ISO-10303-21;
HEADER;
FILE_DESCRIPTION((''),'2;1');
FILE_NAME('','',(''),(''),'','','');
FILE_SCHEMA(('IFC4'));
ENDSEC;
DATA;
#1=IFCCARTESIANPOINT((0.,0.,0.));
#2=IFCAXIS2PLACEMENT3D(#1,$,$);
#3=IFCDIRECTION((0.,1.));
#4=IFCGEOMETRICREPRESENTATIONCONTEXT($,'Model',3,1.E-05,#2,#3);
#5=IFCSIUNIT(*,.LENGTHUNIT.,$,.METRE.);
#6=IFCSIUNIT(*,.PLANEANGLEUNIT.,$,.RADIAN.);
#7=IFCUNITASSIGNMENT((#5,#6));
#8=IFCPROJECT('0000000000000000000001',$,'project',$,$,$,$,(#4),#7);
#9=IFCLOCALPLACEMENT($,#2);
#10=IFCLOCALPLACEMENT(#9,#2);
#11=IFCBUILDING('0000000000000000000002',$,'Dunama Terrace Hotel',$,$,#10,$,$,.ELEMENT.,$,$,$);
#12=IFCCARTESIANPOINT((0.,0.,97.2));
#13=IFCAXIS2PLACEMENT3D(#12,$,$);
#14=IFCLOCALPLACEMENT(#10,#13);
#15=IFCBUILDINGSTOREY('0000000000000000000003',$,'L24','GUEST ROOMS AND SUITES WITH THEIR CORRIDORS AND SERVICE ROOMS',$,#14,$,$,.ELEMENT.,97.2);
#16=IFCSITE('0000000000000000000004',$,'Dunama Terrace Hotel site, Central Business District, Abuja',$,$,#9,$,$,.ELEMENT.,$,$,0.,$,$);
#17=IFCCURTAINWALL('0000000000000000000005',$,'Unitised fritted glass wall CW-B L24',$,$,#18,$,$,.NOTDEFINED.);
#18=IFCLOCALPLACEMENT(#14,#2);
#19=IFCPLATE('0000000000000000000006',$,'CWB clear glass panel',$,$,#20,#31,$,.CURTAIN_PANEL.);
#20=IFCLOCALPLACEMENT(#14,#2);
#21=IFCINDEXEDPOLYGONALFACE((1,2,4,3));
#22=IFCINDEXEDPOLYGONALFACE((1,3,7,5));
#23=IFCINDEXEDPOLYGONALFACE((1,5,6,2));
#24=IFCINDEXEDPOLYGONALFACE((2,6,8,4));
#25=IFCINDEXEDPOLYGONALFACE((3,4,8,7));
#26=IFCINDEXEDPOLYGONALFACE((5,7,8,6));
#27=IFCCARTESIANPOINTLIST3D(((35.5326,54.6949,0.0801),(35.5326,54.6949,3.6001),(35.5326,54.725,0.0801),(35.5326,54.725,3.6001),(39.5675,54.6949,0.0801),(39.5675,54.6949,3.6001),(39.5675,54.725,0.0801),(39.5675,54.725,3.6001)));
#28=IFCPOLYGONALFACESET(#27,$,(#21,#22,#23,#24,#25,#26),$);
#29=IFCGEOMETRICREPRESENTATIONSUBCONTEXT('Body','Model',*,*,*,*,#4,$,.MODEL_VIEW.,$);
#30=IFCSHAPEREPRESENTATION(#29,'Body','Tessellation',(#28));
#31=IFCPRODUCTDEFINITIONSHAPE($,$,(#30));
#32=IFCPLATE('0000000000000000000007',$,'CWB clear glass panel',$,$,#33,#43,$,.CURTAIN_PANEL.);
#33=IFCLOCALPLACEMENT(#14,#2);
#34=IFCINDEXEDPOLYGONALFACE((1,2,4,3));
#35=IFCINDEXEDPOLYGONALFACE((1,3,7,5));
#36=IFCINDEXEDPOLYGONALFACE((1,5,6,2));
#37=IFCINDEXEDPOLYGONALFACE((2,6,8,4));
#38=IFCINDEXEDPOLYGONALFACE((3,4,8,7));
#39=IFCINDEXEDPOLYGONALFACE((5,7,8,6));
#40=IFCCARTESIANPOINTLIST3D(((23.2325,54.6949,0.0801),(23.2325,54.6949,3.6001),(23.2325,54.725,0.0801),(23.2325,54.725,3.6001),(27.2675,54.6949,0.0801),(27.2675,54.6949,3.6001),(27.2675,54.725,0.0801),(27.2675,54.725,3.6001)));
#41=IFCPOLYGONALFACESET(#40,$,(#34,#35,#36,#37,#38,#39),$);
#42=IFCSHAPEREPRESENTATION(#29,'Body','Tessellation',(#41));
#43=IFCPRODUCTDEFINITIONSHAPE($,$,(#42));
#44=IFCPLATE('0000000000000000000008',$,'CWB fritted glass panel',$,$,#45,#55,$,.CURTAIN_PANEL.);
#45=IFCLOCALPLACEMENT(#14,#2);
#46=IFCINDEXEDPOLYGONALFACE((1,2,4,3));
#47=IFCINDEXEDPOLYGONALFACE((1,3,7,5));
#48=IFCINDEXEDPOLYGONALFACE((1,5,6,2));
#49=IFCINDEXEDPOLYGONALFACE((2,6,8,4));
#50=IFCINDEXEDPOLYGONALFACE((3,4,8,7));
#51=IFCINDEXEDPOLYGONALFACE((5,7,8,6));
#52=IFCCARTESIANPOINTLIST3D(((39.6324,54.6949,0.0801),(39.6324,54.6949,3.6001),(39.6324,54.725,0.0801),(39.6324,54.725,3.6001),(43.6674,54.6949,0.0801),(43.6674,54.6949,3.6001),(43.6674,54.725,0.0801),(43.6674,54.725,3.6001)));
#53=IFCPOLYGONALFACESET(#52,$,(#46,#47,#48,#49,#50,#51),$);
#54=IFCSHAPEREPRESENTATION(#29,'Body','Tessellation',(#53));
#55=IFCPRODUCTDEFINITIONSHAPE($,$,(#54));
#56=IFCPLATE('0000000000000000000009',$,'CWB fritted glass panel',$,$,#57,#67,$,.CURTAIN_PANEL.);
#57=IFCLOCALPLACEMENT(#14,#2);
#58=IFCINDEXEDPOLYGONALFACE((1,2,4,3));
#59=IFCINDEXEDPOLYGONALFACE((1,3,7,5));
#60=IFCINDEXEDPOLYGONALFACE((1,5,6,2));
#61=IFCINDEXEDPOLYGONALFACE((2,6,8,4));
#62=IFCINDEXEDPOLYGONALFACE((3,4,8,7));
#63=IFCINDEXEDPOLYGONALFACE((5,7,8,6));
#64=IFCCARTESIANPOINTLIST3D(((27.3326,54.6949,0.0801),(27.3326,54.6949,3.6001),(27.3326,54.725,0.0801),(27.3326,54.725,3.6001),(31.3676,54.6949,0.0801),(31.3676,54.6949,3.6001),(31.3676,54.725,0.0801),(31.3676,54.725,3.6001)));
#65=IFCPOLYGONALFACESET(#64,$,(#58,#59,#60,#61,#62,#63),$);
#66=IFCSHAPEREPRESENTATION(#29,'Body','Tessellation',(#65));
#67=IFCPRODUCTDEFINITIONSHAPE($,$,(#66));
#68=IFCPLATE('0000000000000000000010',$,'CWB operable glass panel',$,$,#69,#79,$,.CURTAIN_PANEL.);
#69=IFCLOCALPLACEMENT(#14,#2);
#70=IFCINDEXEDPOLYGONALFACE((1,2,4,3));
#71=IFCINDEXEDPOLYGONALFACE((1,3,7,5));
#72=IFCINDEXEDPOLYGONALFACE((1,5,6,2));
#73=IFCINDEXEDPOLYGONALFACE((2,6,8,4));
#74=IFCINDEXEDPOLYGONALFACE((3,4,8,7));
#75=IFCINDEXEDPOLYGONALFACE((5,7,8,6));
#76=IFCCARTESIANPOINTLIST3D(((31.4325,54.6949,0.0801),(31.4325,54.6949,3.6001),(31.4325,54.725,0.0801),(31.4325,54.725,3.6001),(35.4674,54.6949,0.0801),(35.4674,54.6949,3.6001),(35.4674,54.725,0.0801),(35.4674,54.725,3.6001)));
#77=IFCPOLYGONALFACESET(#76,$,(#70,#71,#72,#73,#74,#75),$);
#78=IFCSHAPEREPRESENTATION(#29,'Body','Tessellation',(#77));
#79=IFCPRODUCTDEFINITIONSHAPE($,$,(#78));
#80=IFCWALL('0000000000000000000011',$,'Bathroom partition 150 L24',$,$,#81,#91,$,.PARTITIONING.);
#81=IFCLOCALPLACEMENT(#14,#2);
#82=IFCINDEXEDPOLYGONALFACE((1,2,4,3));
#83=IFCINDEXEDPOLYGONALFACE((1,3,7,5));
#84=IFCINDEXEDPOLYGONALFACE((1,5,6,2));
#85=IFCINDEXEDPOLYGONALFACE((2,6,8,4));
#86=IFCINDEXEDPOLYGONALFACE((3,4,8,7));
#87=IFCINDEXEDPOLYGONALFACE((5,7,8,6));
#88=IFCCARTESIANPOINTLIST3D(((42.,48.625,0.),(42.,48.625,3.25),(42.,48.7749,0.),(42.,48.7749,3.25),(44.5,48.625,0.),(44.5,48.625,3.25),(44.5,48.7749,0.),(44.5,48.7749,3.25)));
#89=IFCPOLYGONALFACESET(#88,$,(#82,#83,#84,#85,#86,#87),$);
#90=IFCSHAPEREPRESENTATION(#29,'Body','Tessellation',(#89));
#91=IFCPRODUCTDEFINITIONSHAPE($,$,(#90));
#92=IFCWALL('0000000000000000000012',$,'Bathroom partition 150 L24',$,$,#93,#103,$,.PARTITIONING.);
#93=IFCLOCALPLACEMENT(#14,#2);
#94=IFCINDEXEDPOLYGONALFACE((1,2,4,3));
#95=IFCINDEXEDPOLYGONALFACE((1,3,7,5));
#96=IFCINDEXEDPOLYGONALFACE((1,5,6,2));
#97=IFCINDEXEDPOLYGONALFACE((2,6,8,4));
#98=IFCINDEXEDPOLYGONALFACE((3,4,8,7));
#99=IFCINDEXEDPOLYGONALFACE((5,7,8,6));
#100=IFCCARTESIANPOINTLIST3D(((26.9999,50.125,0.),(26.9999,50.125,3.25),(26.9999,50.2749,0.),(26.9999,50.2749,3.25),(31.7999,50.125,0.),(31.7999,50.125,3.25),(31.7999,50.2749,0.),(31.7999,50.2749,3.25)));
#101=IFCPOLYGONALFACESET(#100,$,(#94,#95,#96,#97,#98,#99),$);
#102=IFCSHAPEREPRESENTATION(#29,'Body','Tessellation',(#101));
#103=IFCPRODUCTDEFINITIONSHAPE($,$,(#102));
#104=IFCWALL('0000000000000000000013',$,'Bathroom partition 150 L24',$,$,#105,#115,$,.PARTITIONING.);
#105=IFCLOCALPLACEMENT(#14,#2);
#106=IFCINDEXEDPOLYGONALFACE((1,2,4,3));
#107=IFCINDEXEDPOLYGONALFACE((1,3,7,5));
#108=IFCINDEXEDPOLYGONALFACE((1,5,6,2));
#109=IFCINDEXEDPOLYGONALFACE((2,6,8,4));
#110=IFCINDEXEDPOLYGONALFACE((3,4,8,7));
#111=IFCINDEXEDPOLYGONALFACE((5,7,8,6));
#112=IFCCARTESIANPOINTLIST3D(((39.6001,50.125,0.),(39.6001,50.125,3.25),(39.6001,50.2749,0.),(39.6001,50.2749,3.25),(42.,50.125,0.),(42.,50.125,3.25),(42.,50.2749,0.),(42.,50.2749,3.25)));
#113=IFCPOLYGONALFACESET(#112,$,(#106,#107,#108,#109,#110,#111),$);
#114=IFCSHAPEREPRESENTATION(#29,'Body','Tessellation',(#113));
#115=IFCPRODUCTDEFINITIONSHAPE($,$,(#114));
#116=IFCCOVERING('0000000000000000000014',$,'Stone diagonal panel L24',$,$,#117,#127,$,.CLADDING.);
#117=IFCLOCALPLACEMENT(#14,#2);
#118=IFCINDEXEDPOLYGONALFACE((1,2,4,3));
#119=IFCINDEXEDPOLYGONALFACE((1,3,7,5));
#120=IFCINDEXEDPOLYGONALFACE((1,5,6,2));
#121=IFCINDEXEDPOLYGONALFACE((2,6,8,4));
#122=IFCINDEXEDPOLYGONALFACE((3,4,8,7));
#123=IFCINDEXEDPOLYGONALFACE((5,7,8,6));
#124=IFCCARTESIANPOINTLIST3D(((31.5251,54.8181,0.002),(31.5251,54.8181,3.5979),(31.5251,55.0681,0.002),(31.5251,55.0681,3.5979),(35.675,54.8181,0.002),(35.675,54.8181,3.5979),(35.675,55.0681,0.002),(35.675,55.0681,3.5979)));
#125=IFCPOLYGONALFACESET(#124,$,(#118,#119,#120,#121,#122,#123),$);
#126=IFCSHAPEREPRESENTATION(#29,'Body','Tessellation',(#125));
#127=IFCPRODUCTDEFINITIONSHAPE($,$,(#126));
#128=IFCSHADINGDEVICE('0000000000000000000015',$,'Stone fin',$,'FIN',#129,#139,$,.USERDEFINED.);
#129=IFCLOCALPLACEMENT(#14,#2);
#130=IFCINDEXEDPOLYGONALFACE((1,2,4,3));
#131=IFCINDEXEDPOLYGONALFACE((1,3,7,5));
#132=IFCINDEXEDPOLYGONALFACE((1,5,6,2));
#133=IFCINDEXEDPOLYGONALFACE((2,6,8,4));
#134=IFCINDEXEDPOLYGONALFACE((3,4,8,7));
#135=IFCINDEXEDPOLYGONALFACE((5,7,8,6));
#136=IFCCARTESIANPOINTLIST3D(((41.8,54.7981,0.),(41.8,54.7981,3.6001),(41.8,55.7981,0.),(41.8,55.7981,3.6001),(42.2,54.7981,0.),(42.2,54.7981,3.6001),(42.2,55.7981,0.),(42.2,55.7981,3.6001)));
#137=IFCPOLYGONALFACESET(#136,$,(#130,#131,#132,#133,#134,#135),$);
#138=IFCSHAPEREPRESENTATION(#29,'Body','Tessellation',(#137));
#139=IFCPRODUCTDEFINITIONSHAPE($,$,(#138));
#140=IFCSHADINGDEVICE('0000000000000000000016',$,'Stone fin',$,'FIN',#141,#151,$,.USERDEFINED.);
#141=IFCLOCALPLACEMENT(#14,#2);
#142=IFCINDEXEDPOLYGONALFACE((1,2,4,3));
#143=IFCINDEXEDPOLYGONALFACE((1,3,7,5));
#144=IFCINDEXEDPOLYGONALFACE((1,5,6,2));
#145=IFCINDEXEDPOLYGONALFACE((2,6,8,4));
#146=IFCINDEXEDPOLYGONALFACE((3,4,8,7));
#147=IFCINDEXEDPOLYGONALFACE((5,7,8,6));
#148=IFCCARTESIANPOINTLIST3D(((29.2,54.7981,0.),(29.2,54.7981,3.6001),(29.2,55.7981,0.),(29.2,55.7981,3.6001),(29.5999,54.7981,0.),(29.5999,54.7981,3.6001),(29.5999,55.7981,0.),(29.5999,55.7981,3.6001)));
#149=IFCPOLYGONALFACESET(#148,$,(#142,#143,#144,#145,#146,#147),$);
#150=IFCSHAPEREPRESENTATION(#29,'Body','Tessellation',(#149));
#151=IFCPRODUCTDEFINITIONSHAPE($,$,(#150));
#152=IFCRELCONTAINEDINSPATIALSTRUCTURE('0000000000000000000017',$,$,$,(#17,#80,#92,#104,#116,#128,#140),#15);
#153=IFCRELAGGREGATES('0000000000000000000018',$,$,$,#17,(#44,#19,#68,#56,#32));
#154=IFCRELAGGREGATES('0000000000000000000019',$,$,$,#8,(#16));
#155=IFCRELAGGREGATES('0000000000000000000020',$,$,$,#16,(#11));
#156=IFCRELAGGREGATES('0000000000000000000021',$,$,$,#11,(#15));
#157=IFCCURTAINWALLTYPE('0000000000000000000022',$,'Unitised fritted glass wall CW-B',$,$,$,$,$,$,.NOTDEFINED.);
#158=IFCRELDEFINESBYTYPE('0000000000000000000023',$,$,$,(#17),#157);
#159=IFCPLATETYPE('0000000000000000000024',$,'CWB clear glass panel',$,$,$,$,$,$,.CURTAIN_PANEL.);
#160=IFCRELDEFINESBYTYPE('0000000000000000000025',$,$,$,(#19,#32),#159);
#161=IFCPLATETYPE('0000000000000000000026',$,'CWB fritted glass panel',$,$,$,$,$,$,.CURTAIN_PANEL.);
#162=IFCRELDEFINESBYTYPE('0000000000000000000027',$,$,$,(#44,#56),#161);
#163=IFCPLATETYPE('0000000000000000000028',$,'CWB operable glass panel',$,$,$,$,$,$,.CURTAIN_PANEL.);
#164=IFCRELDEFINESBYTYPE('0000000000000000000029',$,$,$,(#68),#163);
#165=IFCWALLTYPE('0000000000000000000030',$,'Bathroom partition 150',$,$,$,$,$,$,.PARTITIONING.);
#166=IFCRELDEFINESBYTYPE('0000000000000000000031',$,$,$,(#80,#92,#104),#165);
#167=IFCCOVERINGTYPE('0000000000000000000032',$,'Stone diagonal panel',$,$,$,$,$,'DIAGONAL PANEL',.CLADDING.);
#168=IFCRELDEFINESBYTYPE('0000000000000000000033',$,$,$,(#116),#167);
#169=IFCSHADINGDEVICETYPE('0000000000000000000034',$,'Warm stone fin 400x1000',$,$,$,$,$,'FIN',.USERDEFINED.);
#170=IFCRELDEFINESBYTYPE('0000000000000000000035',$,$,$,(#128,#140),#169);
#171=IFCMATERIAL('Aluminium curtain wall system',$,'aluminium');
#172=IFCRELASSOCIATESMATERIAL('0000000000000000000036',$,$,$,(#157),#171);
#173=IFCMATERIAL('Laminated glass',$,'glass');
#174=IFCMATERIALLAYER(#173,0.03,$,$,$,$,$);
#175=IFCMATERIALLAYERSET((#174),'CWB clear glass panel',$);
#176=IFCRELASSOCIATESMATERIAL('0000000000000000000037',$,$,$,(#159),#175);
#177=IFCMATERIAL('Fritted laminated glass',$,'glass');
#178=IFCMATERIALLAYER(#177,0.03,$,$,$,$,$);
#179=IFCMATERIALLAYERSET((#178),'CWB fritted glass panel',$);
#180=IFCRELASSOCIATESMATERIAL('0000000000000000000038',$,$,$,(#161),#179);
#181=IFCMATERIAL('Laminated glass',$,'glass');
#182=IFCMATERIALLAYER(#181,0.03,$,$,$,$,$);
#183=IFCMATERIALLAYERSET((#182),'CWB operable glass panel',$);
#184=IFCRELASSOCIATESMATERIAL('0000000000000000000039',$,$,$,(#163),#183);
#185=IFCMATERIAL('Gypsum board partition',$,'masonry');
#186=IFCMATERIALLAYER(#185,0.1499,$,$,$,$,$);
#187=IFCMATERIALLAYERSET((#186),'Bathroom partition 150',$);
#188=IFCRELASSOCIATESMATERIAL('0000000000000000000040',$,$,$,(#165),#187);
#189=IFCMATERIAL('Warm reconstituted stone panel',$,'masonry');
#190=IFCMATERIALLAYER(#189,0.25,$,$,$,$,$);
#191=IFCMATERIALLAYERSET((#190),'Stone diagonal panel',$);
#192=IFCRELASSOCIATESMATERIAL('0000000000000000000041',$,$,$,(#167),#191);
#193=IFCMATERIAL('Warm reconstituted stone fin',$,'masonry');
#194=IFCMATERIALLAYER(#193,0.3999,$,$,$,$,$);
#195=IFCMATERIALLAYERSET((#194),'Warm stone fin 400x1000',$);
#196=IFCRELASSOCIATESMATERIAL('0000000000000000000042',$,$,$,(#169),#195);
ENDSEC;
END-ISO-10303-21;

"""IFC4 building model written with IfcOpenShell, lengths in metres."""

from ifc_helpers import new_model, si_unit, direction, frame, frame_2d, origin, origin_2d, place, context, subcontext, project, spatial, rectangle, extrude, material, layer, layer_set, type_object, element, aggregate, save


model = new_model("IFC4")

# Units and contexts
model_context = context("Model", 3, precision=1e-05, world=origin(), true_north=direction((0.0, 1.0)))
body_context = subcontext(model_context, "Body", "Model", "MODEL_VIEW")
ifc_project = project(units=[si_unit("LENGTHUNIT", "METRE"), si_unit("PLANEANGLEUNIT", "RADIAN")], contexts=[model_context])

# Site, building, storey
site_placement = place(None, origin())
site = spatial("IfcSite", under=ifc_project, at=site_placement, Name="Dunama Terrace Hotel site, Central Business District, Abuja", CompositionType="ELEMENT", RefElevation=0.0)
building_placement = place(site_placement, origin())
building = spatial("IfcBuilding", under=site, at=building_placement, Name="Dunama Terrace Hotel", CompositionType="ELEMENT")
storey_placement = place(building_placement, frame((0.0, 0.0, 97.2)))
storey = spatial("IfcBuildingStorey", under=building, at=storey_placement, Name="L24", Description="GUEST ROOMS AND SUITES WITH THEIR CORRIDORS AND SERVICE ROOMS", CompositionType="ELEMENT", Elevation=97.2)

# Curtain wall
ifc_material_1 = material(Name="Aluminium curtain wall system", Category="aluminium")
curtain_wall_type = type_object("IfcCurtainWallType", Name="Unitised fritted glass wall CW-B", PredefinedType="NOTDEFINED", material=ifc_material_1)
curtain_wall_placement = place(storey_placement, origin())
curtain_wall = element("IfcCurtainWall", 1, at=curtain_wall_placement, inside=storey, type_object=curtain_wall_type, Name="Unitised fritted glass wall CW-B L24", PredefinedType="NOTDEFINED")

# Plates
ifc_material_2 = material(Name="Laminated glass", Category="glass")
ifc_layer_1 = layer(ifc_material_2, 0.03)
ifc_layer_set_1 = layer_set([ifc_layer_1], Name="CWB clear glass panel")
plate_type_1 = type_object("IfcPlateType", Name="CWB clear glass panel", PredefinedType="CURTAIN_PANEL", material=ifc_layer_set_1)
plate_1_placement = place(storey_placement, frame((37.55, 54.71, 0.0801), z_axis=(0.0, 0.0, 1.0), x_axis=(-1.0, 0.0, 0.0)))
plate_1 = element("IfcPlate", 2, at=plate_1_placement, type_object=plate_type_1, Name="CWB clear glass panel", PredefinedType="CURTAIN_PANEL", context=body_context, shape_type="SweptSolid", body=[
    extrude(rectangle(XDim=4.0349, YDim=0.03, at=origin_2d()), origin(), (0.0, 0.0, 1.0), 3.52),
])
plate_2_placement = place(storey_placement, frame((25.25, 54.71, 0.0801), z_axis=(0.0, 0.0, 1.0), x_axis=(-1.0, 0.0, 0.0)))
plate_2 = element("IfcPlate", 3, at=plate_2_placement, type_object=plate_type_1, Name="CWB clear glass panel", PredefinedType="CURTAIN_PANEL", context=body_context, shape_type="SweptSolid", body=[
    extrude(rectangle(XDim=4.0349, YDim=0.03, at=origin_2d()), origin(), (0.0, 0.0, 1.0), 3.52),
])
ifc_material_3 = material(Name="Fritted laminated glass", Category="glass")
ifc_layer_2 = layer(ifc_material_3, 0.03)
ifc_layer_set_2 = layer_set([ifc_layer_2], Name="CWB fritted glass panel")
plate_type_2 = type_object("IfcPlateType", Name="CWB fritted glass panel", PredefinedType="CURTAIN_PANEL", material=ifc_layer_set_2)
plate_3_placement = place(storey_placement, frame((41.6499, 54.71, 0.0801), z_axis=(0.0, 0.0, 1.0), x_axis=(-1.0, 0.0, 0.0)))
plate_3 = element("IfcPlate", 4, at=plate_3_placement, type_object=plate_type_2, Name="CWB fritted glass panel", PredefinedType="CURTAIN_PANEL", context=body_context, shape_type="SweptSolid", body=[
    extrude(rectangle(XDim=4.0349, YDim=0.03, at=origin_2d()), origin(), (0.0, 0.0, 1.0), 3.52),
])
plate_4_placement = place(storey_placement, frame((29.3501, 54.71, 0.0801), z_axis=(0.0, 0.0, 1.0), x_axis=(-1.0, 0.0, 0.0)))
plate_4 = element("IfcPlate", 5, at=plate_4_placement, type_object=plate_type_2, Name="CWB fritted glass panel", PredefinedType="CURTAIN_PANEL", context=body_context, shape_type="SweptSolid", body=[
    extrude(rectangle(XDim=4.0349, YDim=0.03, at=origin_2d()), origin(), (0.0, 0.0, 1.0), 3.52),
])
ifc_material_4 = material(Name="Laminated glass", Category="glass")
ifc_layer_3 = layer(ifc_material_4, 0.03)
ifc_layer_set_3 = layer_set([ifc_layer_3], Name="CWB operable glass panel")
plate_type_3 = type_object("IfcPlateType", Name="CWB operable glass panel", PredefinedType="CURTAIN_PANEL", material=ifc_layer_set_3)
plate_5_placement = place(storey_placement, frame((33.45, 54.71, 0.0801), z_axis=(0.0, 0.0, 1.0), x_axis=(-1.0, 0.0, 0.0)))
plate_5 = element("IfcPlate", 6, at=plate_5_placement, type_object=plate_type_3, Name="CWB operable glass panel", PredefinedType="CURTAIN_PANEL", context=body_context, shape_type="SweptSolid", body=[
    extrude(rectangle(XDim=4.0349, YDim=0.03, at=origin_2d()), origin(), (0.0, 0.0, 1.0), 3.52),
])
aggregate(curtain_wall, [plate_3, plate_1, plate_5, plate_4, plate_2])

# Walls
ifc_material_5 = material(Name="Gypsum board partition", Category="masonry")
ifc_layer_4 = layer(ifc_material_5, 0.1499)
ifc_layer_set_4 = layer_set([ifc_layer_4], Name="Bathroom partition 150")
wall_type = type_object("IfcWallType", Name="Bathroom partition 150", PredefinedType="PARTITIONING", material=ifc_layer_set_4)
wall_1_placement = place(storey_placement, frame((42.0, 48.7, 0.0), z_axis=(0.0, 0.0, 1.0), x_axis=(1.0, 0.0, 0.0)))
element("IfcWall", 7, at=wall_1_placement, inside=storey, type_object=wall_type, Name="Bathroom partition 150 L24", PredefinedType="PARTITIONING", context=body_context, shape_type="SweptSolid", body=[
    extrude(rectangle(XDim=2.5, YDim=0.1499, at=frame_2d((1.25, 0.0))), origin(), (0.0, 0.0, 1.0), 3.25),
])
wall_2_placement = place(storey_placement, frame((27.0, 50.2, 0.0), z_axis=(0.0, 0.0, 1.0), x_axis=(1.0, 0.0, 0.0)))
element("IfcWall", 8, at=wall_2_placement, inside=storey, type_object=wall_type, Name="Bathroom partition 150 L24", PredefinedType="PARTITIONING", context=body_context, shape_type="SweptSolid", body=[
    extrude(rectangle(XDim=4.8, YDim=0.1499, at=frame_2d((2.3999, 0.0))), origin(), (0.0, 0.0, 1.0), 3.25),
])
wall_3_placement = place(storey_placement, frame((39.6001, 50.2, 0.0), z_axis=(0.0, 0.0, 1.0), x_axis=(1.0, 0.0, 0.0)))
element("IfcWall", 9, at=wall_3_placement, inside=storey, type_object=wall_type, Name="Bathroom partition 150 L24", PredefinedType="PARTITIONING", context=body_context, shape_type="SweptSolid", body=[
    extrude(rectangle(XDim=2.3999, YDim=0.1499, at=frame_2d((1.2, 0.0))), origin(), (0.0, 0.0, 1.0), 3.25),
])

# Covering
ifc_material_6 = material(Name="Warm reconstituted stone panel", Category="masonry")
ifc_layer_5 = layer(ifc_material_6, 0.25)
ifc_layer_set_5 = layer_set([ifc_layer_5], Name="Stone diagonal panel")
covering_type = type_object("IfcCoveringType", Name="Stone diagonal panel", ElementType="DIAGONAL PANEL", PredefinedType="CLADDING", material=ifc_layer_set_5)
covering_placement = place(storey_placement, frame((33.6001, 54.9431, 0.002), z_axis=(0.0, 0.0, 1.0), x_axis=(-1.0, 0.0, 0.0)))
element("IfcCovering", 10, at=covering_placement, inside=storey, type_object=covering_type, Name="Stone diagonal panel L24", PredefinedType="CLADDING", context=body_context, shape_type="SweptSolid", body=[
    extrude(rectangle(XDim=4.1499, YDim=0.25, at=origin_2d()), origin(), (0.0, 0.0, 1.0), 3.5959),
])

# Shading devices
ifc_material_7 = material(Name="Warm reconstituted stone fin", Category="masonry")
ifc_layer_6 = layer(ifc_material_7, 0.3999)
ifc_layer_set_6 = layer_set([ifc_layer_6], Name="Warm stone fin 400x1000")
shading_device_type = type_object("IfcShadingDeviceType", Name="Warm stone fin 400x1000", ElementType="FIN", PredefinedType="USERDEFINED", material=ifc_layer_set_6)
for number, where, z_axis, x_axis, name in (
    (11, (42.0, 55.2981, 0.0), (0.0, 0.0, 1.0), (-1.0, 0.0, 0.0), "Stone fin"),
    (12, (29.3999, 55.2981, 0.0), (0.0, 0.0, 1.0), (-1.0, 0.0, 0.0), "Stone fin"),
):
    element("IfcShadingDevice", number, at=place(storey_placement, frame(where, z_axis=z_axis, x_axis=x_axis)), inside=storey, type_object=shading_device_type, Name=name, ObjectType="FIN", PredefinedType="USERDEFINED", context=body_context, shape_type="SweptSolid", body=[
        extrude(rectangle(XDim=0.3999, YDim=1.0, at=origin_2d()), origin(), (0.0, 0.0, 1.0), 3.6001),
    ])

save(model, "model.ifc")
